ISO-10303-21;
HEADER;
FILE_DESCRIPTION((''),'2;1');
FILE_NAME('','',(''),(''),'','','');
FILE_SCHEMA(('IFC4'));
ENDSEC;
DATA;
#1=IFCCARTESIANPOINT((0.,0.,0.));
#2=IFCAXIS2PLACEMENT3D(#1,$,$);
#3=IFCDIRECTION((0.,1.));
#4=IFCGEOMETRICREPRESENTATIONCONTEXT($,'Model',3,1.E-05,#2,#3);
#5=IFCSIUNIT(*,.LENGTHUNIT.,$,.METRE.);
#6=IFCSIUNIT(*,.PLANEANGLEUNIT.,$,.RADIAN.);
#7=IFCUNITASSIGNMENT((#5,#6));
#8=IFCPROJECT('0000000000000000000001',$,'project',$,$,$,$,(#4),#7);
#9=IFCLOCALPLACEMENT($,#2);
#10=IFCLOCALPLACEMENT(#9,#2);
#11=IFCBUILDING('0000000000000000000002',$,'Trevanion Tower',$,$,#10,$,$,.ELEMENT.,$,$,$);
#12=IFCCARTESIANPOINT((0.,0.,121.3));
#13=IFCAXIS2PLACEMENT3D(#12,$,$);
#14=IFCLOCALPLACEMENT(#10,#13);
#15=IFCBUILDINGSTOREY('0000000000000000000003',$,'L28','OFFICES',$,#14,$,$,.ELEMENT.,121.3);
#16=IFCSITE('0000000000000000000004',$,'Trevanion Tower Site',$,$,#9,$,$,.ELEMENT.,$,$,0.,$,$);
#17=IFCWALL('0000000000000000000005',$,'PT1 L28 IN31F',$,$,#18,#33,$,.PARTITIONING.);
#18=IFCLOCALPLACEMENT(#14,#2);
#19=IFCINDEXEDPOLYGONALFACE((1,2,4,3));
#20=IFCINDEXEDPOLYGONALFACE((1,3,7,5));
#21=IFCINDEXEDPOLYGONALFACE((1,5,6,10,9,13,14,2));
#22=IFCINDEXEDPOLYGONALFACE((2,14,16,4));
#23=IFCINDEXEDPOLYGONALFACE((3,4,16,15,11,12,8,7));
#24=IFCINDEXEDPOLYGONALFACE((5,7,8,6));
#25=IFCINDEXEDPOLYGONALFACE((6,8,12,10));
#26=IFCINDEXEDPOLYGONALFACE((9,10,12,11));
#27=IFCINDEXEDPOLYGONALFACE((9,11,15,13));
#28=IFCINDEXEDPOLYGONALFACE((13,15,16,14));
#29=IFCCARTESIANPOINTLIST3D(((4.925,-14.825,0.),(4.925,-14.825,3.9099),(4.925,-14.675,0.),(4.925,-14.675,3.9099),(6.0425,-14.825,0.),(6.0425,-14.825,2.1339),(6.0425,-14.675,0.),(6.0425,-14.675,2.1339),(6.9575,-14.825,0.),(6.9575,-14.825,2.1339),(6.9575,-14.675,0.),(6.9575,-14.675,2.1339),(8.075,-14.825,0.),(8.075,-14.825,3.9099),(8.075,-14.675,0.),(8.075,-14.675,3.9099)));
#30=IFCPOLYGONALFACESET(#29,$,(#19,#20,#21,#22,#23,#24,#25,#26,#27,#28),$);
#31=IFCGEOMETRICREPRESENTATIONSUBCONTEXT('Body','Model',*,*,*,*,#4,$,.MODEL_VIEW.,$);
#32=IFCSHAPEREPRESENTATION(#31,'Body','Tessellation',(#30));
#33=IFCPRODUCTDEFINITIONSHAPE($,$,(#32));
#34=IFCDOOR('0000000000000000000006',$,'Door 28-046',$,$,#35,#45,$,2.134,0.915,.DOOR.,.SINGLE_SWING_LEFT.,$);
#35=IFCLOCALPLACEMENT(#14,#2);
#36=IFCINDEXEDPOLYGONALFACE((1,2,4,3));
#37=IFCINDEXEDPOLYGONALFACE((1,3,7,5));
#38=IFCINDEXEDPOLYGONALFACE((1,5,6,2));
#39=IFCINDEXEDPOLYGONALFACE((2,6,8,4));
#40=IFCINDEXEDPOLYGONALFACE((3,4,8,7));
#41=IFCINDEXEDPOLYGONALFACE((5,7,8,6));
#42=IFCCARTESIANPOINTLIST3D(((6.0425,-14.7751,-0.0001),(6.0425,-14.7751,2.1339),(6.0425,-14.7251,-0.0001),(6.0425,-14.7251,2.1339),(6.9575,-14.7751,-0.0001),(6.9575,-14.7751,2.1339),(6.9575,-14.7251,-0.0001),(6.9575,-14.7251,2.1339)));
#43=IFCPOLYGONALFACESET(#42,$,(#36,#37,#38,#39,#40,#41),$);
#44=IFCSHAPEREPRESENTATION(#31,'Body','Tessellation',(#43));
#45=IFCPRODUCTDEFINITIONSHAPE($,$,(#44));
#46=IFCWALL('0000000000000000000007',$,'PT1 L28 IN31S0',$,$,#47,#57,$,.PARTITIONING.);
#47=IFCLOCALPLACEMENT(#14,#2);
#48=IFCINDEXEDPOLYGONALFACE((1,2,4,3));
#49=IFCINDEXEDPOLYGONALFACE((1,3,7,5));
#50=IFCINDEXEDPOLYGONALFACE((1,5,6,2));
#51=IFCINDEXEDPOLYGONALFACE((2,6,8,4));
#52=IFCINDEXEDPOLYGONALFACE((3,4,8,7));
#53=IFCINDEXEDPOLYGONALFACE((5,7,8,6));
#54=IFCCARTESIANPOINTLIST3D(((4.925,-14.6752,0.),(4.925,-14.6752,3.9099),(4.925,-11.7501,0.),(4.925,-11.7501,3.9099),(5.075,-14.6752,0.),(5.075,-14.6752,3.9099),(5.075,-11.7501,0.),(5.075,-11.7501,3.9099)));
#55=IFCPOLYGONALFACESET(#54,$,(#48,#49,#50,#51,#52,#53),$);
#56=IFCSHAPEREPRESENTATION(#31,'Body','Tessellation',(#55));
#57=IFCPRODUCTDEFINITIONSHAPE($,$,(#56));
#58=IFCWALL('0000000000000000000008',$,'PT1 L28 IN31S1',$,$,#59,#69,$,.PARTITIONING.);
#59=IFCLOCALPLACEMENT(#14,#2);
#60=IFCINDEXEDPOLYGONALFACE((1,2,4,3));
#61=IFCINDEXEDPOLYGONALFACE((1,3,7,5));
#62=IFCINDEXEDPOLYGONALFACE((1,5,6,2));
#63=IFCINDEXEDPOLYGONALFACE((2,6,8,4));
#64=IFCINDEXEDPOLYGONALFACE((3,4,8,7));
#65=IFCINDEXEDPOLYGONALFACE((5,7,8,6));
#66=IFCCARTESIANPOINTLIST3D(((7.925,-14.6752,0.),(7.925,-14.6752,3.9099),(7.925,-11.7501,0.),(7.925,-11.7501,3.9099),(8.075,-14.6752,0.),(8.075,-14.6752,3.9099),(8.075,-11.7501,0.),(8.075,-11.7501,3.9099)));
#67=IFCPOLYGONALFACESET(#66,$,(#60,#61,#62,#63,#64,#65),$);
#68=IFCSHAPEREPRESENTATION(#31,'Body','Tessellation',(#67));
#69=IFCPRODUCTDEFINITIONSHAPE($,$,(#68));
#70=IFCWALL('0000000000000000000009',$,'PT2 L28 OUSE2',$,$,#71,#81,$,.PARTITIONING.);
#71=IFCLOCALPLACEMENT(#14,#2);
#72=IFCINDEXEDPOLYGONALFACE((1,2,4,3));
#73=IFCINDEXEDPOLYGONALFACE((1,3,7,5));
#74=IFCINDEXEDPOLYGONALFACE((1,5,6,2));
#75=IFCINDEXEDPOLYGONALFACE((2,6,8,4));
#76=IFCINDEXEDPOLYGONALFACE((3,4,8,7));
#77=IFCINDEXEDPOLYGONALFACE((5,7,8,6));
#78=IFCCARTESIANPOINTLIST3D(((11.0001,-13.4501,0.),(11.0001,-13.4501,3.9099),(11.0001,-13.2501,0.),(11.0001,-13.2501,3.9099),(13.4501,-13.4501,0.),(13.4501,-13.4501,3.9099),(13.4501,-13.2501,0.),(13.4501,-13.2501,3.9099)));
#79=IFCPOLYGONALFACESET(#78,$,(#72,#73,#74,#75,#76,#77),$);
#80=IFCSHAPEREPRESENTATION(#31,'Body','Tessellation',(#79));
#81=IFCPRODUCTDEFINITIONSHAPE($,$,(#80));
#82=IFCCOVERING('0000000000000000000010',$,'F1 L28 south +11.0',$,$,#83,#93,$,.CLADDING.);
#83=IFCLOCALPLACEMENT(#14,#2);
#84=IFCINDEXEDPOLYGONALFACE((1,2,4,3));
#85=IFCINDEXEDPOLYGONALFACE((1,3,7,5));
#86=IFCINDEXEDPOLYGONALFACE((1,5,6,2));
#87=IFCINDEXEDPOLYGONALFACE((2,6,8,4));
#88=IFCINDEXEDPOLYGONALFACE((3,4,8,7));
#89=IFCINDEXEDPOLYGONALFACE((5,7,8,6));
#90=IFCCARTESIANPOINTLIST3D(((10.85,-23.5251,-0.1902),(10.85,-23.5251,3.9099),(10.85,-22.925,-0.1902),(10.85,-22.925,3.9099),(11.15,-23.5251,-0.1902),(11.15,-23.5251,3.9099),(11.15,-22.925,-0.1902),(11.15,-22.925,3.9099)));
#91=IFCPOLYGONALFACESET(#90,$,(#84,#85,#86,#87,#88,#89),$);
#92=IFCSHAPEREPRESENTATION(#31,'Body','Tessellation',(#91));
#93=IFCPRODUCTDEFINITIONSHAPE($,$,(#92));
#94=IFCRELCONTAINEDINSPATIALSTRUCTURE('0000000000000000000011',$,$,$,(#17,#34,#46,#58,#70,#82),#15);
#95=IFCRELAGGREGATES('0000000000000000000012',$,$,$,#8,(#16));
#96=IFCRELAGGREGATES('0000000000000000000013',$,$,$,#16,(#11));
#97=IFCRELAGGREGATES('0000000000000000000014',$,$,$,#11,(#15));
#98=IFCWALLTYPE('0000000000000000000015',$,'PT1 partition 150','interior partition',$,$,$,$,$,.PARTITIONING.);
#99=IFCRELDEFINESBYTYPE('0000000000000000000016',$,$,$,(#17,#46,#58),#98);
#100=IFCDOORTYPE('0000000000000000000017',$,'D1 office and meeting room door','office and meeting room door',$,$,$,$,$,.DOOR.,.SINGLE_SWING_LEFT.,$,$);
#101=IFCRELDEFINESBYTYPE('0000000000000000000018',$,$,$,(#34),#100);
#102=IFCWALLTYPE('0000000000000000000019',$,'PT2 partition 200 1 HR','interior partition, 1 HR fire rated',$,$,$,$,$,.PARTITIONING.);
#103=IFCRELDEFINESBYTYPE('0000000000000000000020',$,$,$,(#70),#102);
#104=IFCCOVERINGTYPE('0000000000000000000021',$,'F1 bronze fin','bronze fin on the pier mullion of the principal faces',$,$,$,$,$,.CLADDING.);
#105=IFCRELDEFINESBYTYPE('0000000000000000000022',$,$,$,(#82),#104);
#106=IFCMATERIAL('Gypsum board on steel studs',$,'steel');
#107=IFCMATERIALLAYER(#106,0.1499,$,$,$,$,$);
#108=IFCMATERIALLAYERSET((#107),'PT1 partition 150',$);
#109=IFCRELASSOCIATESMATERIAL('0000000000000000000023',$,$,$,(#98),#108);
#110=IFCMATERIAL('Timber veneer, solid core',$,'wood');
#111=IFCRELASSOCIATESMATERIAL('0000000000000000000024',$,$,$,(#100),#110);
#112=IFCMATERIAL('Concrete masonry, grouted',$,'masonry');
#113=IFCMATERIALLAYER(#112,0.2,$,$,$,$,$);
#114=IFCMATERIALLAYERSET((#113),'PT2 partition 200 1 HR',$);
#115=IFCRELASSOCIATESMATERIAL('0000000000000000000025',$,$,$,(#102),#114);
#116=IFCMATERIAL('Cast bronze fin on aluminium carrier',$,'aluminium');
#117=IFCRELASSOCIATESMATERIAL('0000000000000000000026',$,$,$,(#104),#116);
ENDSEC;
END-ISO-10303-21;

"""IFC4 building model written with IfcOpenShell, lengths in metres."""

from ifc_helpers import new_model, si_unit, direction, frame, frame_2d, origin, origin_2d, place, context, subcontext, project, spatial, rectangle, extrude, material, layer, layer_set, type_object, element, fill, save


model = new_model("IFC4")

# Units and contexts
model_context = context("Model", 3, precision=1e-05, world=origin(), true_north=direction((0.0, 1.0)))
body_context = subcontext(model_context, "Body", "Model", "MODEL_VIEW")
ifc_project = project(units=[si_unit("LENGTHUNIT", "METRE"), si_unit("PLANEANGLEUNIT", "RADIAN")], contexts=[model_context])

# Site, building, storey
site_placement = place(None, origin())
site = spatial("IfcSite", under=ifc_project, at=site_placement, Name="Trevanion Tower Site", CompositionType="ELEMENT", RefElevation=0.0)
building_placement = place(site_placement, origin())
building = spatial("IfcBuilding", under=site, at=building_placement, Name="Trevanion Tower", CompositionType="ELEMENT")
storey_placement = place(building_placement, frame((0.0, 0.0, 121.3)))
storey = spatial("IfcBuildingStorey", under=building, at=storey_placement, Name="L28", Description="OFFICES", CompositionType="ELEMENT", Elevation=121.3)

# Shared definitions
ifc_material_1 = material(Name="Gypsum board on steel studs", Category="steel")
ifc_layer_1 = layer(ifc_material_1, 0.1499)
ifc_layer_set_1 = layer_set([ifc_layer_1], Name="PT1 partition 150")
wall_type_1 = type_object("IfcWallType", Name="PT1 partition 150", Description="interior partition", PredefinedType="PARTITIONING", material=ifc_layer_set_1)

# Wall, opening, door
wall_1_placement = place(storey_placement, frame((4.925, -14.75, 0.0), z_axis=(0.0, 0.0, 1.0), x_axis=(1.0, 0.0, 0.0)))
wall_1 = element("IfcWall", 1, at=wall_1_placement, inside=storey, type_object=wall_type_1, Name="PT1 L28 IN31F", PredefinedType="PARTITIONING", context=body_context, shape_type="SweptSolid", body=[
    extrude(rectangle(XDim=3.1499, YDim=0.1499, at=frame_2d((1.575, 0.0))), origin(), (0.0, 0.0, 1.0), 3.9099),
])
opening_placement = place(wall_1_placement, frame((1.1174, 0.0, 0.0)))
opening = element("IfcOpeningElement", 2, at=opening_placement, cuts=wall_1, PredefinedType="OPENING", context=body_context, shape_type="SweptSolid", body=[
    extrude(rectangle(XDim=0.915, YDim=2.134, at=frame_2d((0.4575, 1.0669))), frame((0.0, 0.085, 0.0), z_axis=(0.0, -1.0, 0.0), x_axis=(1.0, 0.0, 0.0)), (0.0, 0.0, 1.0), 0.1699),
])
ifc_material_2 = material(Name="Timber veneer, solid core", Category="wood")
door_type = type_object("IfcDoorType", Name="D1 office and meeting room door", Description="office and meeting room door", OperationType="SINGLE_SWING_LEFT", PredefinedType="DOOR", material=ifc_material_2)
door_placement = place(opening_placement, origin())
door = element("IfcDoor", 3, at=door_placement, inside=storey, type_object=door_type, Name="Door 28-046", OperationType="SINGLE_SWING_LEFT", OverallHeight=2.134, OverallWidth=0.915, PredefinedType="DOOR", context=body_context, shape_type="SweptSolid", body=[
    extrude(rectangle(XDim=0.915, YDim=2.134, at=frame_2d((0.4575, 1.0669))), frame((0.0, 0.0249, 0.0), z_axis=(0.0, -1.0, 0.0), x_axis=(1.0, 0.0, 0.0)), (0.0, 0.0, 1.0), 0.05),
])
fill(opening, door)

# Walls
for number, where, z_axis, x_axis, name in (
    (4, (5.0, -14.675, 0.0), (0.0, 0.0, 1.0), (0.0, 1.0, 0.0), "PT1 L28 IN31S0"),
    (5, (8.0, -14.675, 0.0), (0.0, 0.0, 1.0), (0.0, 1.0, 0.0), "PT1 L28 IN31S1"),
):
    element("IfcWall", number, at=place(storey_placement, frame(where, z_axis=z_axis, x_axis=x_axis)), inside=storey, type_object=wall_type_1, Name=name, PredefinedType="PARTITIONING", context=body_context, shape_type="SweptSolid", body=[
        extrude(rectangle(XDim=2.925, YDim=0.1499, at=frame_2d((1.4624, 0.0))), origin(), (0.0, 0.0, 1.0), 3.9099),
    ])
ifc_material_3 = material(Name="Concrete masonry, grouted", Category="masonry")
ifc_layer_2 = layer(ifc_material_3, 0.2)
ifc_layer_set_2 = layer_set([ifc_layer_2], Name="PT2 partition 200 1 HR")
wall_type_2 = type_object("IfcWallType", Name="PT2 partition 200 1 HR", Description="interior partition, 1 HR fire rated", PredefinedType="PARTITIONING", material=ifc_layer_set_2)
wall_2_placement = place(storey_placement, frame((11.0, -13.3501, 0.0), z_axis=(0.0, 0.0, 1.0), x_axis=(1.0, 0.0, 0.0)))
element("IfcWall", 6, at=wall_2_placement, inside=storey, type_object=wall_type_2, Name="PT2 L28 OUSE2", PredefinedType="PARTITIONING", context=body_context, shape_type="SweptSolid", body=[
    extrude(rectangle(XDim=2.45, YDim=0.2, at=frame_2d((1.2251, 0.0))), origin(), (0.0, 0.0, 1.0), 3.9099),
])

# Covering
ifc_material_4 = material(Name="Cast bronze fin on aluminium carrier", Category="aluminium")
covering_type = type_object("IfcCoveringType", Name="F1 bronze fin", Description="bronze fin on the pier mullion of the principal faces", PredefinedType="CLADDING", material=ifc_material_4)
covering_placement = place(storey_placement, frame((11.0, -23.2251, -0.1902), z_axis=(0.0, 0.0, 1.0), x_axis=(1.0, 0.0, 0.0)))
element("IfcCovering", 7, at=covering_placement, inside=storey, type_object=covering_type, Name="F1 L28 south +11.0", PredefinedType="CLADDING", context=body_context, shape_type="SweptSolid", body=[
    extrude(rectangle(XDim=0.3, YDim=0.6001, at=origin_2d()), origin(), (0.0, 0.0, 1.0), 4.1001),
])

save(model, "model.ifc")
